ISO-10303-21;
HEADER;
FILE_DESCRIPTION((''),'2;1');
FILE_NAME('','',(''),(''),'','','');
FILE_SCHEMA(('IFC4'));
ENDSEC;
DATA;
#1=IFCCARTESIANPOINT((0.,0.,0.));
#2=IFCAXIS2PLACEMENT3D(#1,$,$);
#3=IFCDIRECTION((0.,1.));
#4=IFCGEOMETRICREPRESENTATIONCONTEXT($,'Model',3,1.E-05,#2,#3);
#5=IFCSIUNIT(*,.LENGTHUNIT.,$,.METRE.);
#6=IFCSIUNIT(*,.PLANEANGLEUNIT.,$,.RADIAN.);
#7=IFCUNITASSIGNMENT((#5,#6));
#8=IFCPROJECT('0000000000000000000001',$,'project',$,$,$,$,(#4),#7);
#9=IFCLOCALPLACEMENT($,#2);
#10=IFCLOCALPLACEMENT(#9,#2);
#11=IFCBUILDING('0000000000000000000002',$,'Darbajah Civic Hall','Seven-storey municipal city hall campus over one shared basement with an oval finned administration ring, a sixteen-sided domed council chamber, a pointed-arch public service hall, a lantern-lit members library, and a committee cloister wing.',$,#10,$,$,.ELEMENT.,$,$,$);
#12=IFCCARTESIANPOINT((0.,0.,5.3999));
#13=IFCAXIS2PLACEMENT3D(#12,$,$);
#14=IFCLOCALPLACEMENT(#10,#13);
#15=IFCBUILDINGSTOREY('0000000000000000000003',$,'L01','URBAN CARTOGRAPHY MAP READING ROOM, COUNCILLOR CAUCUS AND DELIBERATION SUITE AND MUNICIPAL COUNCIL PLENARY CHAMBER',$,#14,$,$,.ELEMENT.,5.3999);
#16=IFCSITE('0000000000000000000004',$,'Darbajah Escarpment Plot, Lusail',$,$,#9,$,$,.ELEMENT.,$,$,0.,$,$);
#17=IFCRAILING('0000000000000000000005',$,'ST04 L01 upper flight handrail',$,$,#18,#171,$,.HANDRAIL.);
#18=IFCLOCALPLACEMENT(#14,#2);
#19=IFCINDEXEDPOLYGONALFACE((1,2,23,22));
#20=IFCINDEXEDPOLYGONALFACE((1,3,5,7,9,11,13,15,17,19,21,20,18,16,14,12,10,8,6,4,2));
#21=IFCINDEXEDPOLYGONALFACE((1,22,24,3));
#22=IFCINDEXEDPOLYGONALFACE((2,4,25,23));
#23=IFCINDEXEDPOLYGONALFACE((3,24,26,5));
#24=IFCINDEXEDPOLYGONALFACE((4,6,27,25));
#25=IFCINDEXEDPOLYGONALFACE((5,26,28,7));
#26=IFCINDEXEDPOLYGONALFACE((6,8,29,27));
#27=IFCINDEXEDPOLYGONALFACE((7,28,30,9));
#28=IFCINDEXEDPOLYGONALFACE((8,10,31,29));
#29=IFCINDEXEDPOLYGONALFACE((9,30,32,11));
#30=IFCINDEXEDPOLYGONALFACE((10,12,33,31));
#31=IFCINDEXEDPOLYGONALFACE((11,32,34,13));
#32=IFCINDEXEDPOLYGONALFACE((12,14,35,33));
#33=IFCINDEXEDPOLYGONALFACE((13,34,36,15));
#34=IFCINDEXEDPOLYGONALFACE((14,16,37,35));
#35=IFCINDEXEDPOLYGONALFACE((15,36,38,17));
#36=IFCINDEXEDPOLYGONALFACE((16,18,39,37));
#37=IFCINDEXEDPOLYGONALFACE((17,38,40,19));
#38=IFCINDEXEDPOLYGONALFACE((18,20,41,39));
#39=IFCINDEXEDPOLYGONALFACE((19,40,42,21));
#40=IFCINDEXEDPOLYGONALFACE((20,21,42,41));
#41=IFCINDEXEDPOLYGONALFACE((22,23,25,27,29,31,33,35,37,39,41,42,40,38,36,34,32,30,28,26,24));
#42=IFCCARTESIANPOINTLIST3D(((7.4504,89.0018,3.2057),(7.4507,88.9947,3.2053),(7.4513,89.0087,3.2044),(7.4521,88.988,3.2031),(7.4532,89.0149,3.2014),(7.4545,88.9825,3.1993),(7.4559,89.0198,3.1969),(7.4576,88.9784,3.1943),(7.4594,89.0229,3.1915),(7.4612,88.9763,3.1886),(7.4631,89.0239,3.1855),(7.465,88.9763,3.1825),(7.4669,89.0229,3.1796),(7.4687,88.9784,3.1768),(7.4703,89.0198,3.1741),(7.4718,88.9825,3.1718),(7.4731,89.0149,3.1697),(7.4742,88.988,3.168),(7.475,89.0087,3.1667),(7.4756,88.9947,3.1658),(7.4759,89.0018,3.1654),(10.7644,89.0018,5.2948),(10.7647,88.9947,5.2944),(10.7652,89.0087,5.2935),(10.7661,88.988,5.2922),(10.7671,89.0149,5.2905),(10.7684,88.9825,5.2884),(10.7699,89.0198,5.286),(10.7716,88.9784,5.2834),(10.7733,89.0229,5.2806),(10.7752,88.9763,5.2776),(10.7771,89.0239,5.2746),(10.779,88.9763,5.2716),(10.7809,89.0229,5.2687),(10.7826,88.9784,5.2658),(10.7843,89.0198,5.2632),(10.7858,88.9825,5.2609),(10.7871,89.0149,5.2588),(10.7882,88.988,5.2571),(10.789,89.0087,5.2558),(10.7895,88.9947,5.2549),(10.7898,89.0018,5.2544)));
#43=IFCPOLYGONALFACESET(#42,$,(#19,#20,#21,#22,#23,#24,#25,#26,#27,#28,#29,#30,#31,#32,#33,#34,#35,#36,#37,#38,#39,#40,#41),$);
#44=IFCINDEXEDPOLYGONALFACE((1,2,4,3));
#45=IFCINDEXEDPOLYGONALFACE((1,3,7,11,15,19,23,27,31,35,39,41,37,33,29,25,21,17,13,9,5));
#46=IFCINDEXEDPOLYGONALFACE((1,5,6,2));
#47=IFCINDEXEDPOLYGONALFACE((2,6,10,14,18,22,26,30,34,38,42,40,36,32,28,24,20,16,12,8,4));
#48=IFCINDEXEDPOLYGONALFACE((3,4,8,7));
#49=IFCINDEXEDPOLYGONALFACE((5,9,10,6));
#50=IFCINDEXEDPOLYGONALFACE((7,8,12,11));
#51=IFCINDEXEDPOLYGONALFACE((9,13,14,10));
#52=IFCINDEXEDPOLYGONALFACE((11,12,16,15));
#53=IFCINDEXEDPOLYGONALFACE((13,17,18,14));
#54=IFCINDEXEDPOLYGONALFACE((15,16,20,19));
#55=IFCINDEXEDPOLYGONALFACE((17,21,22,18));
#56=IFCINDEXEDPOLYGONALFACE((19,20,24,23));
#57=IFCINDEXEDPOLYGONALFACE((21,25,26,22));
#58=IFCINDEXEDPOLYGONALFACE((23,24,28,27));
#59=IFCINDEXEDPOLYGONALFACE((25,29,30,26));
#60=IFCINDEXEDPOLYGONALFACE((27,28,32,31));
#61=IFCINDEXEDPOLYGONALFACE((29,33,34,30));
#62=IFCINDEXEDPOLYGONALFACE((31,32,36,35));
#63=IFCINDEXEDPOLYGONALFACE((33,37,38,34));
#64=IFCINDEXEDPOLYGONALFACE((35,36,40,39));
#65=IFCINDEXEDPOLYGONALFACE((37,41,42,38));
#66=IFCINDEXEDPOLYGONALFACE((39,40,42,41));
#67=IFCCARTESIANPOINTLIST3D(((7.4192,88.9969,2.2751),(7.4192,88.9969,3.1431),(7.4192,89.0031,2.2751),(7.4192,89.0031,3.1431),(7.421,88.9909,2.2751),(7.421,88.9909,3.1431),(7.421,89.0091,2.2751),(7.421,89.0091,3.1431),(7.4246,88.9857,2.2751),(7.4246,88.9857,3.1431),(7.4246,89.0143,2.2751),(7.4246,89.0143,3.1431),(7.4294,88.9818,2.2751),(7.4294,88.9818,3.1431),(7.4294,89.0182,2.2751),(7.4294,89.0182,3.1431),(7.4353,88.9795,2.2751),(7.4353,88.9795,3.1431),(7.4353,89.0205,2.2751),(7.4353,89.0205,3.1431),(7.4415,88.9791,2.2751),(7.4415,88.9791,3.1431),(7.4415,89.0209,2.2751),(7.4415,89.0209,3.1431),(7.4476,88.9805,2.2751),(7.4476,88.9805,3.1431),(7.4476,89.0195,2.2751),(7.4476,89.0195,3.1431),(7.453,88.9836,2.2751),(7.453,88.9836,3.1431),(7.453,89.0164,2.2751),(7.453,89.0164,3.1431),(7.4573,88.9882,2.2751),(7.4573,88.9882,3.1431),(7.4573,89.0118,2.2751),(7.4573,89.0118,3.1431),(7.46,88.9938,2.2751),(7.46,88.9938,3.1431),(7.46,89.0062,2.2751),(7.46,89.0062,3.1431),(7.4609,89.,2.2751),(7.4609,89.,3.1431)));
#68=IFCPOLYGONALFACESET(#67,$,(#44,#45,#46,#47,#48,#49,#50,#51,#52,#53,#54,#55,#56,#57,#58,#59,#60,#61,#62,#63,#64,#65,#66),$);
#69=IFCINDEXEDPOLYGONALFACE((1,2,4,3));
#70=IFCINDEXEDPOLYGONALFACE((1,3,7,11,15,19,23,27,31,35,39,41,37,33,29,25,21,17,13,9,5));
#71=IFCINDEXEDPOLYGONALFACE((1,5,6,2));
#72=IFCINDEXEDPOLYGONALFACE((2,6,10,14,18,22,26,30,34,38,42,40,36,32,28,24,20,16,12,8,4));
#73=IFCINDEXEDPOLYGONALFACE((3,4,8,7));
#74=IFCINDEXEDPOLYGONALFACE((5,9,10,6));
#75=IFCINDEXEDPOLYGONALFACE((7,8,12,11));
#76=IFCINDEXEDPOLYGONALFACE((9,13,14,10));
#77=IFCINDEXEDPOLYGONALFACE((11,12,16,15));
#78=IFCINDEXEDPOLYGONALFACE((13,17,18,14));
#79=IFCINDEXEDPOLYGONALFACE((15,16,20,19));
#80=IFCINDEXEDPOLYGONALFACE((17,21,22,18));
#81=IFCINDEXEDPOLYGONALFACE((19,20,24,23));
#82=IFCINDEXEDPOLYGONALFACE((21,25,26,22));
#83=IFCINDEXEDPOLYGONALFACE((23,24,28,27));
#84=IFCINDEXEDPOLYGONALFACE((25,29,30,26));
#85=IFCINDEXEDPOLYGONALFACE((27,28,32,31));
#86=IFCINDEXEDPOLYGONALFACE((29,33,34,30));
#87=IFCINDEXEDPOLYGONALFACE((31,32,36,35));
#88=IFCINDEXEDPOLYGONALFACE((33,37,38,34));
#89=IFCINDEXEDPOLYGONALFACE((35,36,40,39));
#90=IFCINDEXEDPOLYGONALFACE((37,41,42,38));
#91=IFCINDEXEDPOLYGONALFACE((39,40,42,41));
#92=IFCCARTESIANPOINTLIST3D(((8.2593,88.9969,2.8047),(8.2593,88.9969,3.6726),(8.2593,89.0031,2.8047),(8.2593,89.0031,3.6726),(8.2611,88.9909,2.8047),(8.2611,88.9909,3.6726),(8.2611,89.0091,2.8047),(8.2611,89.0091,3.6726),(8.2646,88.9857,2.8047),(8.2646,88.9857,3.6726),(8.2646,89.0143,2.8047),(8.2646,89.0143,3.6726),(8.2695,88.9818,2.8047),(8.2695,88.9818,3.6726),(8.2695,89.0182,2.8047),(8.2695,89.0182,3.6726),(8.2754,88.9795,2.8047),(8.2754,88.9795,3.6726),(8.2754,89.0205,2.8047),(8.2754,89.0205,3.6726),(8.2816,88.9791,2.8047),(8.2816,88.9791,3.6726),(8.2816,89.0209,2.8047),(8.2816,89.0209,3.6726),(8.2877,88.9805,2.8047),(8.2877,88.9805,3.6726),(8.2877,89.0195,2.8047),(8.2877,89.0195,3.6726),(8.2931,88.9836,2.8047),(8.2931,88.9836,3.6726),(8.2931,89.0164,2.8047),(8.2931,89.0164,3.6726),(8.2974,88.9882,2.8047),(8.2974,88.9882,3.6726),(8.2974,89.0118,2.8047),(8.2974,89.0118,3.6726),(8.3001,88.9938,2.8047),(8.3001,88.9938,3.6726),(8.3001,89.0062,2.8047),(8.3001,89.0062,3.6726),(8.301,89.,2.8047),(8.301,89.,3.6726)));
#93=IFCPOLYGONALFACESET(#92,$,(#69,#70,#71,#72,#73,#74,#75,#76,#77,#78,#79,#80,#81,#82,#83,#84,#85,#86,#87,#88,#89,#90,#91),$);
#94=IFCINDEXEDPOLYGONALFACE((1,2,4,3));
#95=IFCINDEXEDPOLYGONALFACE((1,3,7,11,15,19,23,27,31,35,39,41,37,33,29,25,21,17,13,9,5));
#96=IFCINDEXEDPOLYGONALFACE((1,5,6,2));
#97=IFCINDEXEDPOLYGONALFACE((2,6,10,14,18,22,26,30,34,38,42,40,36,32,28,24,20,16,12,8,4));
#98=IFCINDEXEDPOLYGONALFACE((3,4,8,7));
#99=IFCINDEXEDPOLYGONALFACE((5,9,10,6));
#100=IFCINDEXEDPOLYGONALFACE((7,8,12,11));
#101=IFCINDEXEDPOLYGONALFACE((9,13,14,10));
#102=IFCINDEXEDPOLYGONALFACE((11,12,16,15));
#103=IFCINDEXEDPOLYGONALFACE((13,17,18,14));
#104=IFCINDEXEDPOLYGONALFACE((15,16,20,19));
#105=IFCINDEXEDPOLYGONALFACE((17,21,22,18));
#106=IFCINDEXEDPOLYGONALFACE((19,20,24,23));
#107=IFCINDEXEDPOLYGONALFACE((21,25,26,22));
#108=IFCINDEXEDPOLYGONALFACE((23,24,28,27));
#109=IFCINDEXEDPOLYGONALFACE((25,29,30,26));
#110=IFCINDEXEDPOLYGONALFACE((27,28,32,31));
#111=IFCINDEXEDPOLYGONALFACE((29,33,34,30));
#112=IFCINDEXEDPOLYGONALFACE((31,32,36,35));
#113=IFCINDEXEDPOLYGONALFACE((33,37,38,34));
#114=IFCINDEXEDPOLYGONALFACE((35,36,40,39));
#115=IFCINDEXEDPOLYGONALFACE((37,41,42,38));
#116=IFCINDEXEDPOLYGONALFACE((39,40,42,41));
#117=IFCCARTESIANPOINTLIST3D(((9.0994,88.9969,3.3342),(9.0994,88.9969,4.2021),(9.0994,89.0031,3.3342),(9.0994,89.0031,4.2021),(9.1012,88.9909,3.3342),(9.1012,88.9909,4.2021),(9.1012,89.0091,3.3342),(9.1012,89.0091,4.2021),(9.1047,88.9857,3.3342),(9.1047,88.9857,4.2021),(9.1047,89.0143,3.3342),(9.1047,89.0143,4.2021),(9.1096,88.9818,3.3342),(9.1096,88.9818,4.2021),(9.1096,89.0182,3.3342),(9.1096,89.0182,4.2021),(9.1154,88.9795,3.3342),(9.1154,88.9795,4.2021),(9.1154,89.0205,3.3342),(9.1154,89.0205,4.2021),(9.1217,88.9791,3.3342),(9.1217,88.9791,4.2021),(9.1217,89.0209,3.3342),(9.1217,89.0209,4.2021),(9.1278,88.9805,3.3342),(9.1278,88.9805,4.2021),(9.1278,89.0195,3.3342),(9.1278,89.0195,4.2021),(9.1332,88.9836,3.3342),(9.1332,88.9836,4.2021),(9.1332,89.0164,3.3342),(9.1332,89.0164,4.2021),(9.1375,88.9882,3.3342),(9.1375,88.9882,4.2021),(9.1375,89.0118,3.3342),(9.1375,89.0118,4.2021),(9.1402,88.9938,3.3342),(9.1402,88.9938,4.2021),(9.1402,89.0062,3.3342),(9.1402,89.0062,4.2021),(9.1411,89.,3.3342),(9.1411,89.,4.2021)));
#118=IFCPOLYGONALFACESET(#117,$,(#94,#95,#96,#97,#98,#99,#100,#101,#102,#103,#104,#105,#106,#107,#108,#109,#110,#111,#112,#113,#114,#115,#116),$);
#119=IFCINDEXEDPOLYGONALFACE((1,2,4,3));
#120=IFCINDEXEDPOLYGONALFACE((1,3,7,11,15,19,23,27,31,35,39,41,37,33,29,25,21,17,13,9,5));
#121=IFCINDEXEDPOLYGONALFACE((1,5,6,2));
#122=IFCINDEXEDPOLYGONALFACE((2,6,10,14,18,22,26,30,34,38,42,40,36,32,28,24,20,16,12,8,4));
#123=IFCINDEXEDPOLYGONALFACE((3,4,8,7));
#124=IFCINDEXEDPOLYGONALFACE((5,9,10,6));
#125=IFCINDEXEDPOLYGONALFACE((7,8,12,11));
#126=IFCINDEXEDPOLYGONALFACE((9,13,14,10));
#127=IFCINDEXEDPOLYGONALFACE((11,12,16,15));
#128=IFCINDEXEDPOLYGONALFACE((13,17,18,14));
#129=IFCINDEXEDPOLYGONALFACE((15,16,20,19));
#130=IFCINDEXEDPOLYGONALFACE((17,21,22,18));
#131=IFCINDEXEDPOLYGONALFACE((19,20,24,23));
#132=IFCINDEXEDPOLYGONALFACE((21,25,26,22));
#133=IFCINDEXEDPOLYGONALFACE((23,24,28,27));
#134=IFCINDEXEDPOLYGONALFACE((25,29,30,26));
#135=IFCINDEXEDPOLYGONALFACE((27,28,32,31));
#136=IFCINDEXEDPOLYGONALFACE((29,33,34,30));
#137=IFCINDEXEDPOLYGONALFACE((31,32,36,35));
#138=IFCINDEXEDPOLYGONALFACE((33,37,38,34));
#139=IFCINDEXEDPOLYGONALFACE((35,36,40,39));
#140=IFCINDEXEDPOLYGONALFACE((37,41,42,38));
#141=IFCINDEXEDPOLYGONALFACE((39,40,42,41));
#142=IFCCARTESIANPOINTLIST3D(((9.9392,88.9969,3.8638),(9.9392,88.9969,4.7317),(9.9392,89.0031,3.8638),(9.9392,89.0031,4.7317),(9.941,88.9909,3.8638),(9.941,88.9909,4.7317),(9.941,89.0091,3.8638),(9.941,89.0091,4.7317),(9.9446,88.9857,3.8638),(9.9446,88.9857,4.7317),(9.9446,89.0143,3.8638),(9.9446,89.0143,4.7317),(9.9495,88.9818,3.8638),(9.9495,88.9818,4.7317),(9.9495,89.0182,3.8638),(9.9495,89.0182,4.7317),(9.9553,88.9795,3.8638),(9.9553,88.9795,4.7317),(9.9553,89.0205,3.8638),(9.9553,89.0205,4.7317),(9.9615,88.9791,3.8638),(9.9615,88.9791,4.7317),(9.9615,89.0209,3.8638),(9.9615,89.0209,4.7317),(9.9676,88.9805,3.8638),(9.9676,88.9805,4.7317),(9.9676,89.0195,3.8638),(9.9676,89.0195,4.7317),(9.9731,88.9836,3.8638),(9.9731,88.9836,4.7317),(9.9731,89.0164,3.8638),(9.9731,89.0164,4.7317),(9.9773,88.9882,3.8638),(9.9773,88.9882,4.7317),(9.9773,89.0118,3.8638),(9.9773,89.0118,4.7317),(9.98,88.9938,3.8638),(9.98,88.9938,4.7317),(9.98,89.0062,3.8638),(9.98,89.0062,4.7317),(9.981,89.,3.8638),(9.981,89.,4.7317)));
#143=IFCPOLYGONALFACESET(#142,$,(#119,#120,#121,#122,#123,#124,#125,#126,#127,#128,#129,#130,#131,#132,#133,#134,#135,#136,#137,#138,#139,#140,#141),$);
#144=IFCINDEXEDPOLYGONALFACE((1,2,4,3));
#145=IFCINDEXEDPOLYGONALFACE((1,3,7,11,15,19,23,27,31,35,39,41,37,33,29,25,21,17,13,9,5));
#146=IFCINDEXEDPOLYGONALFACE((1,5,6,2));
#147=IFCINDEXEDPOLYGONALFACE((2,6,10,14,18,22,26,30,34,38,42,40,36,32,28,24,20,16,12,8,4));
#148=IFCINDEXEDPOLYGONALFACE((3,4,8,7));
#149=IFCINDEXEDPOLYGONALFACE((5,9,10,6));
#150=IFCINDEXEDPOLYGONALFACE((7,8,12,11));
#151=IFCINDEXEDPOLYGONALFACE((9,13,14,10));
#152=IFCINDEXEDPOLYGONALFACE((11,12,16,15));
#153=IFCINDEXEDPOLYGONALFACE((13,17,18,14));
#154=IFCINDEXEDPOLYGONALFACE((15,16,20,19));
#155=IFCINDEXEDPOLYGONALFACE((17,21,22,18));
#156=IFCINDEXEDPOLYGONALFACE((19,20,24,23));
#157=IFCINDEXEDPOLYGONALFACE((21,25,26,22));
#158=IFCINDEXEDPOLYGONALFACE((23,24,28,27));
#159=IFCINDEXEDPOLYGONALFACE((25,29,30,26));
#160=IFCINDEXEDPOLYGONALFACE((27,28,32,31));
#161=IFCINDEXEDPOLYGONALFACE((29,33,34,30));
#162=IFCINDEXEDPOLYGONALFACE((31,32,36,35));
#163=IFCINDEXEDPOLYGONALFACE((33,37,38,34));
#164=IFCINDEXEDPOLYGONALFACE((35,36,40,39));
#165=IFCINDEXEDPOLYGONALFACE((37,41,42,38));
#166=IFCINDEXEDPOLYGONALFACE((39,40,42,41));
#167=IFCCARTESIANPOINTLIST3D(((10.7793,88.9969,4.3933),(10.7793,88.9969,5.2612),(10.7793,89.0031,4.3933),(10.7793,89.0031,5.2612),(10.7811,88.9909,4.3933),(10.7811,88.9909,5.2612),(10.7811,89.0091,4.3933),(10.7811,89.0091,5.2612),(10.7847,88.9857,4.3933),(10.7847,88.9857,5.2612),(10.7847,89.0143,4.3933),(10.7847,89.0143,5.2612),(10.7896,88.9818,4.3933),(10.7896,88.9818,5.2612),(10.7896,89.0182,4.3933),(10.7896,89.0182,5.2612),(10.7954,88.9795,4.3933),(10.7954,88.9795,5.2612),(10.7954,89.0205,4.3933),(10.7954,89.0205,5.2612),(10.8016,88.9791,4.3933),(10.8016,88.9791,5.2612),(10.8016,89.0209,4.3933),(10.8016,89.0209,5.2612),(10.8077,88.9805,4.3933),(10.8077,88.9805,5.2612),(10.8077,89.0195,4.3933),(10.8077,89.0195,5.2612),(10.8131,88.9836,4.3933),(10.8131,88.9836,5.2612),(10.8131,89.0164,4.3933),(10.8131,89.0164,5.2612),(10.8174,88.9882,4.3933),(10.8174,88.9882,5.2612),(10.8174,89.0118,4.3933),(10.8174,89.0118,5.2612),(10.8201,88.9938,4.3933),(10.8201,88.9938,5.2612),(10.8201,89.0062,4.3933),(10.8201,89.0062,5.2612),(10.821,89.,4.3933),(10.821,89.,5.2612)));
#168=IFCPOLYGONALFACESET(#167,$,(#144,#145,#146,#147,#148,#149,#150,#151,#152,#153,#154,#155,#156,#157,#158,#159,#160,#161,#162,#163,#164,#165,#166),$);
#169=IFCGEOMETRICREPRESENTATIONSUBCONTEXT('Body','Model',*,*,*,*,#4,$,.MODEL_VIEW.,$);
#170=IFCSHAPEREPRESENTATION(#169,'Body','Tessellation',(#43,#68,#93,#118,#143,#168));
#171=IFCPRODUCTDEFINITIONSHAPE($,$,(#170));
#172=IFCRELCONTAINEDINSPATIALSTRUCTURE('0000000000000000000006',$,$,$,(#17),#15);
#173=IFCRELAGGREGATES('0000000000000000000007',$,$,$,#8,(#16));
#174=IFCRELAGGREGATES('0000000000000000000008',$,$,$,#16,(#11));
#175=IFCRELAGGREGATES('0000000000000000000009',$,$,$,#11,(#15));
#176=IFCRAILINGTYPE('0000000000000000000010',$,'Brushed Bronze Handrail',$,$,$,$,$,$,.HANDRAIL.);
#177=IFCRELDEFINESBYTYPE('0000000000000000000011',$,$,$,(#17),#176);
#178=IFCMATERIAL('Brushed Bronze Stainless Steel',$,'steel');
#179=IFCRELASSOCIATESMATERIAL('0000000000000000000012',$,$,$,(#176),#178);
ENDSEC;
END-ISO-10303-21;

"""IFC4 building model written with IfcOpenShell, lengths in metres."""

from ifc_helpers import new_model, si_unit, direction, frame, origin, origin_2d, place, context, subcontext, project, spatial, circle, extrude, material, type_object, element, save


model = new_model("IFC4")

# Units and contexts
model_context = context("Model", 3, precision=1e-05, world=origin(), true_north=direction((0.0, 1.0)))
body_context = subcontext(model_context, "Body", "Model", "MODEL_VIEW")
ifc_project = project(units=[si_unit("LENGTHUNIT", "METRE"), si_unit("PLANEANGLEUNIT", "RADIAN")], contexts=[model_context])

# Site, building, storey
site_placement = place(None, origin())
site = spatial("IfcSite", under=ifc_project, at=site_placement, Name="Darbajah Escarpment Plot, Lusail", CompositionType="ELEMENT", RefElevation=0.0)
building_placement = place(site_placement, origin())
building = spatial("IfcBuilding", under=site, at=building_placement, Name="Darbajah Civic Hall", Description="Seven-storey municipal city hall campus over one shared basement with an oval finned administration ring, a sixteen-sided domed council chamber, a pointed-arch public service hall, a lantern-lit members library, and a committee cloister wing.", CompositionType="ELEMENT")
storey_placement = place(building_placement, frame((0.0, 0.0, 5.3999)))
storey = spatial("IfcBuildingStorey", under=building, at=storey_placement, Name="L01", Description="URBAN CARTOGRAPHY MAP READING ROOM, COUNCILLOR CAUCUS AND DELIBERATION SUITE AND MUNICIPAL COUNCIL PLENARY CHAMBER", CompositionType="ELEMENT", Elevation=5.3999)

# Railing
ifc_material_1 = material(Name="Brushed Bronze Stainless Steel", Category="steel")
railing_type_1 = type_object("IfcRailingType", Name="Brushed Bronze Handrail", PredefinedType="HANDRAIL", material=ifc_material_1)
railing_1_placement = place(storey_placement, frame((7.4399, 89.0, 2.2751)))
element("IfcRailing", 1, at=railing_1_placement, inside=storey, type_object=railing_type_1, Name="ST04 L01 upper flight handrail", PredefinedType="HANDRAIL", context=body_context, shape_type="SweptSolid", body=[
    extrude(circle(Radius=0.0239, at=origin_2d()), frame((0.0232, 0.0, 0.9104), z_axis=(0.845944, 0.0, 0.533271), x_axis=(0.0, 1.0, 0.0)), (0.0, 0.0, 1.0), 3.9175),
    extrude(circle(Radius=0.021, at=origin_2d()), origin(), (0.0, 0.0, 1.0), 0.8679),
    extrude(circle(Radius=0.021, at=origin_2d()), frame((0.8401, 0.0, 0.5295)), (0.0, 0.0, 1.0), 0.8679),
    extrude(circle(Radius=0.021, at=origin_2d()), frame((1.6802, 0.0, 1.0591)), (0.0, 0.0, 1.0), 0.8679),
    extrude(circle(Radius=0.021, at=origin_2d()), frame((2.52, 0.0, 1.5886)), (0.0, 0.0, 1.0), 0.8679),
    extrude(circle(Radius=0.021, at=origin_2d()), frame((3.3601, 0.0, 2.1182)), (0.0, 0.0, 1.0), 0.8679),
])

save(model, "model.ifc")
